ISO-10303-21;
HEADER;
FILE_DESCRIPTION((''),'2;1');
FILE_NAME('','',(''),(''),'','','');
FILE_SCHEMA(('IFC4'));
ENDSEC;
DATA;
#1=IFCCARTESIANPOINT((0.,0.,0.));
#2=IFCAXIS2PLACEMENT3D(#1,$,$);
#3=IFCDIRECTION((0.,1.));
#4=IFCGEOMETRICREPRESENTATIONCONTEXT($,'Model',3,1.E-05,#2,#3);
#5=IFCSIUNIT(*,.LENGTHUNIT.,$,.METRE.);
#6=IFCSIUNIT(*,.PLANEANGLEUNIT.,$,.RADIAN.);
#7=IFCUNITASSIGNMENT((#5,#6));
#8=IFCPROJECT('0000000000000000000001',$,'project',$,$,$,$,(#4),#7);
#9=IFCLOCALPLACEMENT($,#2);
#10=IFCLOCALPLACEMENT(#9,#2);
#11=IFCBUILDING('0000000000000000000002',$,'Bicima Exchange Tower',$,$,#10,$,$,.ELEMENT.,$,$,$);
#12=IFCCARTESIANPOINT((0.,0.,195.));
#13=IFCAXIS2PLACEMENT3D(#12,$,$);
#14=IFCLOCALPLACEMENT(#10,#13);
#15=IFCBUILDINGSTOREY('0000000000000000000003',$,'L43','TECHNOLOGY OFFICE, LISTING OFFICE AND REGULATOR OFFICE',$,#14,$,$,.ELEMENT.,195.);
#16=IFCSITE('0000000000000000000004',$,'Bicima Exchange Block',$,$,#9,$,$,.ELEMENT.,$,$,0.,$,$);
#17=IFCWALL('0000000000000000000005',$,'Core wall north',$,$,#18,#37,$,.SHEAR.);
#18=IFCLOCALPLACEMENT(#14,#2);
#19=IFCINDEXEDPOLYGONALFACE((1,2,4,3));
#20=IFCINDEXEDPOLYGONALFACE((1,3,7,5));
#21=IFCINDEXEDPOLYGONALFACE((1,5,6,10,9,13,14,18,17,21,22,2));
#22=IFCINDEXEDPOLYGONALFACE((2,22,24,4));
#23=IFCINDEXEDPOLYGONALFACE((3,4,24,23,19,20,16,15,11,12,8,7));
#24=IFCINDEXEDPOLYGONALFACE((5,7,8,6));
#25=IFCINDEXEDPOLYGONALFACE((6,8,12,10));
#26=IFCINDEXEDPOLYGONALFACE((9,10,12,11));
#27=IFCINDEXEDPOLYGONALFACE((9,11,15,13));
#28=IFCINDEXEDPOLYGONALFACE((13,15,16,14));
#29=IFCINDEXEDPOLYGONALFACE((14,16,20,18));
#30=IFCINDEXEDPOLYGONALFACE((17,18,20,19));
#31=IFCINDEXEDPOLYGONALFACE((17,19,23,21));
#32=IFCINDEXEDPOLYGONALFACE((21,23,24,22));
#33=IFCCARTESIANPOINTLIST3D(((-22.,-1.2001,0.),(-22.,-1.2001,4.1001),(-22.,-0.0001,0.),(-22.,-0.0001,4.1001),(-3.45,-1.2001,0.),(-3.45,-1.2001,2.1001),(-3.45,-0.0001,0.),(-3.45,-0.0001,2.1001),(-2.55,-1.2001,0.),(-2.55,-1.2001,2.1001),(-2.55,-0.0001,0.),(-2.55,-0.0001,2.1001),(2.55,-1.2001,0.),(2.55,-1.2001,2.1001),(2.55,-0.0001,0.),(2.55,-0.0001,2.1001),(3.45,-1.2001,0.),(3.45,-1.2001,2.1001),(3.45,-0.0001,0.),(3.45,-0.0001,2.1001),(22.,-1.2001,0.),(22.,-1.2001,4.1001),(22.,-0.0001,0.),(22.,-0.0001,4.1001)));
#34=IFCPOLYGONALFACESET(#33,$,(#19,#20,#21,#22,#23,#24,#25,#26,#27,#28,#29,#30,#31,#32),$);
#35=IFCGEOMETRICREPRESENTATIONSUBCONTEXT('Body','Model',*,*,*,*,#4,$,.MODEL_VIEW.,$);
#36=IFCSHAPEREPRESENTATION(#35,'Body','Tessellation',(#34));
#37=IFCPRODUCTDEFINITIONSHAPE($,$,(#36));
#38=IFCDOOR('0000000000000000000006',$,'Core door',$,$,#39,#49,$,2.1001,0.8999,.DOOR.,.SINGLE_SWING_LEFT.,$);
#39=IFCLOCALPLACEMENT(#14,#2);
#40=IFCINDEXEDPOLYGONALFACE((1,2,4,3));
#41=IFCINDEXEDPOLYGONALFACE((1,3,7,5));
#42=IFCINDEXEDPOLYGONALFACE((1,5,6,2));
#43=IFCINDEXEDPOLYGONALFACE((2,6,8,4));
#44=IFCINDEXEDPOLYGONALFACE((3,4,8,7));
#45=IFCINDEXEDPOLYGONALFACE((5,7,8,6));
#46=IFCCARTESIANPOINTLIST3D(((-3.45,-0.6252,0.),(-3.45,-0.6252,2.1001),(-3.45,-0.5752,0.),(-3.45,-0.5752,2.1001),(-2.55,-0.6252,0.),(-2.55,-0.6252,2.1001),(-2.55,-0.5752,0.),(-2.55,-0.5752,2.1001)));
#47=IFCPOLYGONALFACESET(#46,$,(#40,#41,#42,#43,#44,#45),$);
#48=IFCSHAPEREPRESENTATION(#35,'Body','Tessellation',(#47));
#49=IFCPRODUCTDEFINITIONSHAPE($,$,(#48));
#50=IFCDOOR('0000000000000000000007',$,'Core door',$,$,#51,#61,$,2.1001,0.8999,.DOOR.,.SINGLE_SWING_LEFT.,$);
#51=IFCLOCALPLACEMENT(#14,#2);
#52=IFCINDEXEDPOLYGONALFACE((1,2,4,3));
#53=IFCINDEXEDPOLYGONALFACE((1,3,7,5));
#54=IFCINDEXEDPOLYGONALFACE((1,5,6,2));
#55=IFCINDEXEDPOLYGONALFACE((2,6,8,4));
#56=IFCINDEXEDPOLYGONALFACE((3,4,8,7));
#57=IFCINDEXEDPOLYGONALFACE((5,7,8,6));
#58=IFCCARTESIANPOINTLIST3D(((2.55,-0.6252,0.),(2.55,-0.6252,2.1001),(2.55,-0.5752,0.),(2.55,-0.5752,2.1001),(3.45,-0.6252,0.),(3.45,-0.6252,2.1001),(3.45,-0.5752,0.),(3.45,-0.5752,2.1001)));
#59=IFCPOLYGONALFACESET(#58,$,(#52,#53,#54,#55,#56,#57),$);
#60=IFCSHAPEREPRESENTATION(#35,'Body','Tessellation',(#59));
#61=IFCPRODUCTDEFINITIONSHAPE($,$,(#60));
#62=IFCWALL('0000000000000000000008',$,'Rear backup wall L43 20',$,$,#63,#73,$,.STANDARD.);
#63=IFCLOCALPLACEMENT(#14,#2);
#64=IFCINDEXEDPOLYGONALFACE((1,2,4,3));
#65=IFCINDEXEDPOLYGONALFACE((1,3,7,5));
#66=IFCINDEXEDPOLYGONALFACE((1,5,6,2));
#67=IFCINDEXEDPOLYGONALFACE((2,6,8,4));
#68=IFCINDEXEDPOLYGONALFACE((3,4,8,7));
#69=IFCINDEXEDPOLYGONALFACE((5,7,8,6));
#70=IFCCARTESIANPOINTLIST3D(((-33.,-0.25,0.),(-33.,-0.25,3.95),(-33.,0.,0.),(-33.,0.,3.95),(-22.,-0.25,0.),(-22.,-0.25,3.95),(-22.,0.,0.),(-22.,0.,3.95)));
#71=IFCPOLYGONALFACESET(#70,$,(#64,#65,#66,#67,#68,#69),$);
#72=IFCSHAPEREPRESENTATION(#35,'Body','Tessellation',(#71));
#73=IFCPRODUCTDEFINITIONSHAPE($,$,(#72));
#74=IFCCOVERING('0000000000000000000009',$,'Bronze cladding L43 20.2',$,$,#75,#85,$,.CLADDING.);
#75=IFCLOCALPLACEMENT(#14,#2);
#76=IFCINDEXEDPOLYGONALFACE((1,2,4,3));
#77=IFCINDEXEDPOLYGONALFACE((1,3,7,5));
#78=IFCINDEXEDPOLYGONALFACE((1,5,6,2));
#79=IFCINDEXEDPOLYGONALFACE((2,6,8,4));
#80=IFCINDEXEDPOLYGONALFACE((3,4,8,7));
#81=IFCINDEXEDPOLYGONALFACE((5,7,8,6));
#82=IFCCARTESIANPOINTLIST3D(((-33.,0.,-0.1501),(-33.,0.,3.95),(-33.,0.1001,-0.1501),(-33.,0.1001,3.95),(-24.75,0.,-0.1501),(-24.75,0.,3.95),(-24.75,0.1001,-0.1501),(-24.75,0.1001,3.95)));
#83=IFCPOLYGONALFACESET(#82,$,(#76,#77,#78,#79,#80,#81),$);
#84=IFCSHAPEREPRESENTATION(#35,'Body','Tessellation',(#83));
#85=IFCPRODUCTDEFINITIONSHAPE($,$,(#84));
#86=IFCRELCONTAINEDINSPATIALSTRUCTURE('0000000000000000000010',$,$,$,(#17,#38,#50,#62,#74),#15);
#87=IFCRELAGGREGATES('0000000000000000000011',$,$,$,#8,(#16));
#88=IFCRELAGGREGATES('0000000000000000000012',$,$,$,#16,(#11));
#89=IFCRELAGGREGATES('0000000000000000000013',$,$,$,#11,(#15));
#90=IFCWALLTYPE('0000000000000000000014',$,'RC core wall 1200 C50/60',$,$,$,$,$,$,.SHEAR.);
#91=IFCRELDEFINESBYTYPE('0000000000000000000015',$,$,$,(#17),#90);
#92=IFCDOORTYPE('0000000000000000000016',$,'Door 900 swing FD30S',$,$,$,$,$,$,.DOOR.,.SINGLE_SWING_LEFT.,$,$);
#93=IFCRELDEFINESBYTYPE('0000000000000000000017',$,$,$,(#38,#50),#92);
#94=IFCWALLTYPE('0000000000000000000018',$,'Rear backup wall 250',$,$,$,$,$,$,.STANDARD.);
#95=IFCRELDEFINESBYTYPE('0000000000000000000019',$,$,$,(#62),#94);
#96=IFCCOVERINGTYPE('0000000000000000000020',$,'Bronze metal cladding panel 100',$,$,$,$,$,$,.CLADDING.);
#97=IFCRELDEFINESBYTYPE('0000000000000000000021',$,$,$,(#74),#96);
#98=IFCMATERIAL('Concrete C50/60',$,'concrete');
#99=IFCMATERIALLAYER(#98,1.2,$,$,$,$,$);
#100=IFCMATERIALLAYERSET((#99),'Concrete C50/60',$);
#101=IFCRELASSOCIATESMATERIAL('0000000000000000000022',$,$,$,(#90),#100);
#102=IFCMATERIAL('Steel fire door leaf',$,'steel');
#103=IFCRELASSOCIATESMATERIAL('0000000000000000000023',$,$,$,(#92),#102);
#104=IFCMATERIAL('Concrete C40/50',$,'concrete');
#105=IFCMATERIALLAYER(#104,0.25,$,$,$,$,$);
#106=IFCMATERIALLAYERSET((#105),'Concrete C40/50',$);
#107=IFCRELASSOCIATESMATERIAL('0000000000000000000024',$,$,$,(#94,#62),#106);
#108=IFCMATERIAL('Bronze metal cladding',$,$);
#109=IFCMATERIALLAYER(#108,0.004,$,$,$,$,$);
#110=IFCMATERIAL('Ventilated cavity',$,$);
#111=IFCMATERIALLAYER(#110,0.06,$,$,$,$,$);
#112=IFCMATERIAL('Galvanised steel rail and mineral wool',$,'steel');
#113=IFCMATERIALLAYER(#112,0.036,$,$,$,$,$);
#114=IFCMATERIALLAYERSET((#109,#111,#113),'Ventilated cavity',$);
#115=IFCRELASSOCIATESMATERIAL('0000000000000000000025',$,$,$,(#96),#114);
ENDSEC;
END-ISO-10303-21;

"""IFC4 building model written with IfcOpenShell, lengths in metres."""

from ifc_helpers import new_model, si_unit, direction, frame, frame_2d, origin, origin_2d, place, context, subcontext, project, spatial, rectangle, extrude, material, layer, layer_set, layer_usage, type_object, element, fill, save


model = new_model("IFC4")

# Units and contexts
model_context = context("Model", 3, precision=1e-05, world=origin(), true_north=direction((0.0, 1.0)))
body_context = subcontext(model_context, "Body", "Model", "MODEL_VIEW")
ifc_project = project(units=[si_unit("LENGTHUNIT", "METRE"), si_unit("PLANEANGLEUNIT", "RADIAN")], contexts=[model_context])

# Site, building, storey
site_placement = place(None, origin())
site = spatial("IfcSite", under=ifc_project, at=site_placement, Name="Bicima Exchange Block", CompositionType="ELEMENT", RefElevation=0.0)
building_placement = place(site_placement, origin())
building = spatial("IfcBuilding", under=site, at=building_placement, Name="Bicima Exchange Tower", CompositionType="ELEMENT")
storey_placement = place(building_placement, frame((0.0, 0.0, 195.0)))
storey = spatial("IfcBuildingStorey", under=building, at=storey_placement, Name="L43", Description="TECHNOLOGY OFFICE, LISTING OFFICE AND REGULATOR OFFICE", CompositionType="ELEMENT", Elevation=195.0)

# Wall, openings, doors
ifc_material_1 = material(Name="Concrete C50/60", Category="concrete")
ifc_layer_1 = layer(ifc_material_1, 1.2)
ifc_layer_set_1 = layer_set([ifc_layer_1], Name="Concrete C50/60")
wall_type_1 = type_object("IfcWallType", Name="RC core wall 1200 C50/60", PredefinedType="SHEAR", material=ifc_layer_set_1)
wall_1_placement = place(storey_placement, frame((-22.0, -0.6001, 0.0), z_axis=(0.0, 0.0, 1.0), x_axis=(1.0, 0.0, 0.0)))
wall_1 = element("IfcWall", 1, at=wall_1_placement, inside=storey, type_object=wall_type_1, Name="Core wall north", PredefinedType="SHEAR", context=body_context, shape_type="SweptSolid", body=[
    extrude(rectangle(XDim=44.0, YDim=1.2, at=frame_2d((22.0, 0.0))), origin(), (0.0, 0.0, 1.0), 4.1001),
])
opening_1_placement = place(wall_1_placement, frame((18.55, 0.0, 0.0)))
opening_1 = element("IfcOpeningElement", 2, at=opening_1_placement, cuts=wall_1, PredefinedType="OPENING", context=body_context, shape_type="SweptSolid", body=[
    extrude(rectangle(XDim=0.8999, YDim=2.1001, at=frame_2d((0.45, 1.05))), frame((0.0, 0.6118, 0.0), z_axis=(0.0, -1.0, 0.0), x_axis=(1.0, 0.0, 0.0)), (0.0, 0.0, 1.0), 1.2239),
])
opening_2_placement = place(wall_1_placement, frame((24.55, 0.0, 0.0)))
opening_2 = element("IfcOpeningElement", 3, at=opening_2_placement, cuts=wall_1, PredefinedType="OPENING", context=body_context, shape_type="SweptSolid", body=[
    extrude(rectangle(XDim=0.8999, YDim=2.1001, at=frame_2d((0.45, 1.05))), frame((0.0, 0.6118, 0.0), z_axis=(0.0, -1.0, 0.0), x_axis=(1.0, 0.0, 0.0)), (0.0, 0.0, 1.0), 1.2239),
])
ifc_material_2 = material(Name="Steel fire door leaf", Category="steel")
door_type = type_object("IfcDoorType", Name="Door 900 swing FD30S", OperationType="SINGLE_SWING_LEFT", PredefinedType="DOOR", material=ifc_material_2)
door_1_placement = place(opening_1_placement, origin())
door_1 = element("IfcDoor", 4, at=door_1_placement, inside=storey, type_object=door_type, Name="Core door", OperationType="SINGLE_SWING_LEFT", OverallHeight=2.1001, OverallWidth=0.8999, PredefinedType="DOOR", context=body_context, shape_type="SweptSolid", body=[
    extrude(rectangle(XDim=0.8999, YDim=2.1001, at=frame_2d((0.45, 1.05))), frame((0.0, 0.0249, 0.0), z_axis=(0.0, -1.0, 0.0), x_axis=(1.0, 0.0, 0.0)), (0.0, 0.0, 1.0), 0.05),
])
fill(opening_1, door_1)
door_2_placement = place(opening_2_placement, origin())
door_2 = element("IfcDoor", 5, at=door_2_placement, inside=storey, type_object=door_type, Name="Core door", OperationType="SINGLE_SWING_LEFT", OverallHeight=2.1001, OverallWidth=0.8999, PredefinedType="DOOR", context=body_context, shape_type="SweptSolid", body=[
    extrude(rectangle(XDim=0.8999, YDim=2.1001, at=frame_2d((0.45, 1.05))), frame((0.0, 0.0249, 0.0), z_axis=(0.0, -1.0, 0.0), x_axis=(1.0, 0.0, 0.0)), (0.0, 0.0, 1.0), 0.05),
])
fill(opening_2, door_2)

# Wall
ifc_material_3 = material(Name="Concrete C40/50", Category="concrete")
ifc_layer_2 = layer(ifc_material_3, 0.25)
ifc_layer_set_2 = layer_set([ifc_layer_2], Name="Concrete C40/50")
ifc_layer_usage = layer_usage(ifc_layer_set_2, "AXIS2", "POSITIVE", -0.125)
wall_type_2 = type_object("IfcWallType", Name="Rear backup wall 250", PredefinedType="STANDARD", material=ifc_layer_set_2)
wall_2_placement = place(storey_placement, frame((-22.0, -0.125, 0.0), z_axis=(0.0, 0.0, 1.0), x_axis=(-1.0, 0.0, 0.0)))
element("IfcWall", 6, at=wall_2_placement, inside=storey, type_object=wall_type_2, material=ifc_layer_usage, Name="Rear backup wall L43 20", PredefinedType="STANDARD", context=body_context, shape_type="SweptSolid", body=[
    extrude(rectangle(XDim=11.0, YDim=0.25, at=frame_2d((5.5, 0.0))), origin(), (0.0, 0.0, 1.0), 3.95),
])

# Covering
ifc_material_4 = material(Name="Bronze metal cladding")
ifc_layer_3 = layer(ifc_material_4, 0.004)
ifc_material_5 = material(Name="Ventilated cavity")
ifc_layer_4 = layer(ifc_material_5, 0.06)
ifc_material_6 = material(Name="Galvanised steel rail and mineral wool", Category="steel")
ifc_layer_5 = layer(ifc_material_6, 0.036)
ifc_layer_set_3 = layer_set([ifc_layer_3, ifc_layer_4, ifc_layer_5], Name="Ventilated cavity")
covering_type = type_object("IfcCoveringType", Name="Bronze metal cladding panel 100", PredefinedType="CLADDING", material=ifc_layer_set_3)
covering_placement = place(storey_placement, frame((-28.875, 0.05, -0.1501), z_axis=(0.0, 0.0, 1.0), x_axis=(-1.0, 0.0, 0.0)))
element("IfcCovering", 7, at=covering_placement, inside=storey, type_object=covering_type, Name="Bronze cladding L43 20.2", PredefinedType="CLADDING", context=body_context, shape_type="SweptSolid", body=[
    extrude(rectangle(XDim=8.25, YDim=0.1001, at=origin_2d()), origin(), (0.0, 0.0, 1.0), 4.1001),
])

save(model, "model.ifc")
